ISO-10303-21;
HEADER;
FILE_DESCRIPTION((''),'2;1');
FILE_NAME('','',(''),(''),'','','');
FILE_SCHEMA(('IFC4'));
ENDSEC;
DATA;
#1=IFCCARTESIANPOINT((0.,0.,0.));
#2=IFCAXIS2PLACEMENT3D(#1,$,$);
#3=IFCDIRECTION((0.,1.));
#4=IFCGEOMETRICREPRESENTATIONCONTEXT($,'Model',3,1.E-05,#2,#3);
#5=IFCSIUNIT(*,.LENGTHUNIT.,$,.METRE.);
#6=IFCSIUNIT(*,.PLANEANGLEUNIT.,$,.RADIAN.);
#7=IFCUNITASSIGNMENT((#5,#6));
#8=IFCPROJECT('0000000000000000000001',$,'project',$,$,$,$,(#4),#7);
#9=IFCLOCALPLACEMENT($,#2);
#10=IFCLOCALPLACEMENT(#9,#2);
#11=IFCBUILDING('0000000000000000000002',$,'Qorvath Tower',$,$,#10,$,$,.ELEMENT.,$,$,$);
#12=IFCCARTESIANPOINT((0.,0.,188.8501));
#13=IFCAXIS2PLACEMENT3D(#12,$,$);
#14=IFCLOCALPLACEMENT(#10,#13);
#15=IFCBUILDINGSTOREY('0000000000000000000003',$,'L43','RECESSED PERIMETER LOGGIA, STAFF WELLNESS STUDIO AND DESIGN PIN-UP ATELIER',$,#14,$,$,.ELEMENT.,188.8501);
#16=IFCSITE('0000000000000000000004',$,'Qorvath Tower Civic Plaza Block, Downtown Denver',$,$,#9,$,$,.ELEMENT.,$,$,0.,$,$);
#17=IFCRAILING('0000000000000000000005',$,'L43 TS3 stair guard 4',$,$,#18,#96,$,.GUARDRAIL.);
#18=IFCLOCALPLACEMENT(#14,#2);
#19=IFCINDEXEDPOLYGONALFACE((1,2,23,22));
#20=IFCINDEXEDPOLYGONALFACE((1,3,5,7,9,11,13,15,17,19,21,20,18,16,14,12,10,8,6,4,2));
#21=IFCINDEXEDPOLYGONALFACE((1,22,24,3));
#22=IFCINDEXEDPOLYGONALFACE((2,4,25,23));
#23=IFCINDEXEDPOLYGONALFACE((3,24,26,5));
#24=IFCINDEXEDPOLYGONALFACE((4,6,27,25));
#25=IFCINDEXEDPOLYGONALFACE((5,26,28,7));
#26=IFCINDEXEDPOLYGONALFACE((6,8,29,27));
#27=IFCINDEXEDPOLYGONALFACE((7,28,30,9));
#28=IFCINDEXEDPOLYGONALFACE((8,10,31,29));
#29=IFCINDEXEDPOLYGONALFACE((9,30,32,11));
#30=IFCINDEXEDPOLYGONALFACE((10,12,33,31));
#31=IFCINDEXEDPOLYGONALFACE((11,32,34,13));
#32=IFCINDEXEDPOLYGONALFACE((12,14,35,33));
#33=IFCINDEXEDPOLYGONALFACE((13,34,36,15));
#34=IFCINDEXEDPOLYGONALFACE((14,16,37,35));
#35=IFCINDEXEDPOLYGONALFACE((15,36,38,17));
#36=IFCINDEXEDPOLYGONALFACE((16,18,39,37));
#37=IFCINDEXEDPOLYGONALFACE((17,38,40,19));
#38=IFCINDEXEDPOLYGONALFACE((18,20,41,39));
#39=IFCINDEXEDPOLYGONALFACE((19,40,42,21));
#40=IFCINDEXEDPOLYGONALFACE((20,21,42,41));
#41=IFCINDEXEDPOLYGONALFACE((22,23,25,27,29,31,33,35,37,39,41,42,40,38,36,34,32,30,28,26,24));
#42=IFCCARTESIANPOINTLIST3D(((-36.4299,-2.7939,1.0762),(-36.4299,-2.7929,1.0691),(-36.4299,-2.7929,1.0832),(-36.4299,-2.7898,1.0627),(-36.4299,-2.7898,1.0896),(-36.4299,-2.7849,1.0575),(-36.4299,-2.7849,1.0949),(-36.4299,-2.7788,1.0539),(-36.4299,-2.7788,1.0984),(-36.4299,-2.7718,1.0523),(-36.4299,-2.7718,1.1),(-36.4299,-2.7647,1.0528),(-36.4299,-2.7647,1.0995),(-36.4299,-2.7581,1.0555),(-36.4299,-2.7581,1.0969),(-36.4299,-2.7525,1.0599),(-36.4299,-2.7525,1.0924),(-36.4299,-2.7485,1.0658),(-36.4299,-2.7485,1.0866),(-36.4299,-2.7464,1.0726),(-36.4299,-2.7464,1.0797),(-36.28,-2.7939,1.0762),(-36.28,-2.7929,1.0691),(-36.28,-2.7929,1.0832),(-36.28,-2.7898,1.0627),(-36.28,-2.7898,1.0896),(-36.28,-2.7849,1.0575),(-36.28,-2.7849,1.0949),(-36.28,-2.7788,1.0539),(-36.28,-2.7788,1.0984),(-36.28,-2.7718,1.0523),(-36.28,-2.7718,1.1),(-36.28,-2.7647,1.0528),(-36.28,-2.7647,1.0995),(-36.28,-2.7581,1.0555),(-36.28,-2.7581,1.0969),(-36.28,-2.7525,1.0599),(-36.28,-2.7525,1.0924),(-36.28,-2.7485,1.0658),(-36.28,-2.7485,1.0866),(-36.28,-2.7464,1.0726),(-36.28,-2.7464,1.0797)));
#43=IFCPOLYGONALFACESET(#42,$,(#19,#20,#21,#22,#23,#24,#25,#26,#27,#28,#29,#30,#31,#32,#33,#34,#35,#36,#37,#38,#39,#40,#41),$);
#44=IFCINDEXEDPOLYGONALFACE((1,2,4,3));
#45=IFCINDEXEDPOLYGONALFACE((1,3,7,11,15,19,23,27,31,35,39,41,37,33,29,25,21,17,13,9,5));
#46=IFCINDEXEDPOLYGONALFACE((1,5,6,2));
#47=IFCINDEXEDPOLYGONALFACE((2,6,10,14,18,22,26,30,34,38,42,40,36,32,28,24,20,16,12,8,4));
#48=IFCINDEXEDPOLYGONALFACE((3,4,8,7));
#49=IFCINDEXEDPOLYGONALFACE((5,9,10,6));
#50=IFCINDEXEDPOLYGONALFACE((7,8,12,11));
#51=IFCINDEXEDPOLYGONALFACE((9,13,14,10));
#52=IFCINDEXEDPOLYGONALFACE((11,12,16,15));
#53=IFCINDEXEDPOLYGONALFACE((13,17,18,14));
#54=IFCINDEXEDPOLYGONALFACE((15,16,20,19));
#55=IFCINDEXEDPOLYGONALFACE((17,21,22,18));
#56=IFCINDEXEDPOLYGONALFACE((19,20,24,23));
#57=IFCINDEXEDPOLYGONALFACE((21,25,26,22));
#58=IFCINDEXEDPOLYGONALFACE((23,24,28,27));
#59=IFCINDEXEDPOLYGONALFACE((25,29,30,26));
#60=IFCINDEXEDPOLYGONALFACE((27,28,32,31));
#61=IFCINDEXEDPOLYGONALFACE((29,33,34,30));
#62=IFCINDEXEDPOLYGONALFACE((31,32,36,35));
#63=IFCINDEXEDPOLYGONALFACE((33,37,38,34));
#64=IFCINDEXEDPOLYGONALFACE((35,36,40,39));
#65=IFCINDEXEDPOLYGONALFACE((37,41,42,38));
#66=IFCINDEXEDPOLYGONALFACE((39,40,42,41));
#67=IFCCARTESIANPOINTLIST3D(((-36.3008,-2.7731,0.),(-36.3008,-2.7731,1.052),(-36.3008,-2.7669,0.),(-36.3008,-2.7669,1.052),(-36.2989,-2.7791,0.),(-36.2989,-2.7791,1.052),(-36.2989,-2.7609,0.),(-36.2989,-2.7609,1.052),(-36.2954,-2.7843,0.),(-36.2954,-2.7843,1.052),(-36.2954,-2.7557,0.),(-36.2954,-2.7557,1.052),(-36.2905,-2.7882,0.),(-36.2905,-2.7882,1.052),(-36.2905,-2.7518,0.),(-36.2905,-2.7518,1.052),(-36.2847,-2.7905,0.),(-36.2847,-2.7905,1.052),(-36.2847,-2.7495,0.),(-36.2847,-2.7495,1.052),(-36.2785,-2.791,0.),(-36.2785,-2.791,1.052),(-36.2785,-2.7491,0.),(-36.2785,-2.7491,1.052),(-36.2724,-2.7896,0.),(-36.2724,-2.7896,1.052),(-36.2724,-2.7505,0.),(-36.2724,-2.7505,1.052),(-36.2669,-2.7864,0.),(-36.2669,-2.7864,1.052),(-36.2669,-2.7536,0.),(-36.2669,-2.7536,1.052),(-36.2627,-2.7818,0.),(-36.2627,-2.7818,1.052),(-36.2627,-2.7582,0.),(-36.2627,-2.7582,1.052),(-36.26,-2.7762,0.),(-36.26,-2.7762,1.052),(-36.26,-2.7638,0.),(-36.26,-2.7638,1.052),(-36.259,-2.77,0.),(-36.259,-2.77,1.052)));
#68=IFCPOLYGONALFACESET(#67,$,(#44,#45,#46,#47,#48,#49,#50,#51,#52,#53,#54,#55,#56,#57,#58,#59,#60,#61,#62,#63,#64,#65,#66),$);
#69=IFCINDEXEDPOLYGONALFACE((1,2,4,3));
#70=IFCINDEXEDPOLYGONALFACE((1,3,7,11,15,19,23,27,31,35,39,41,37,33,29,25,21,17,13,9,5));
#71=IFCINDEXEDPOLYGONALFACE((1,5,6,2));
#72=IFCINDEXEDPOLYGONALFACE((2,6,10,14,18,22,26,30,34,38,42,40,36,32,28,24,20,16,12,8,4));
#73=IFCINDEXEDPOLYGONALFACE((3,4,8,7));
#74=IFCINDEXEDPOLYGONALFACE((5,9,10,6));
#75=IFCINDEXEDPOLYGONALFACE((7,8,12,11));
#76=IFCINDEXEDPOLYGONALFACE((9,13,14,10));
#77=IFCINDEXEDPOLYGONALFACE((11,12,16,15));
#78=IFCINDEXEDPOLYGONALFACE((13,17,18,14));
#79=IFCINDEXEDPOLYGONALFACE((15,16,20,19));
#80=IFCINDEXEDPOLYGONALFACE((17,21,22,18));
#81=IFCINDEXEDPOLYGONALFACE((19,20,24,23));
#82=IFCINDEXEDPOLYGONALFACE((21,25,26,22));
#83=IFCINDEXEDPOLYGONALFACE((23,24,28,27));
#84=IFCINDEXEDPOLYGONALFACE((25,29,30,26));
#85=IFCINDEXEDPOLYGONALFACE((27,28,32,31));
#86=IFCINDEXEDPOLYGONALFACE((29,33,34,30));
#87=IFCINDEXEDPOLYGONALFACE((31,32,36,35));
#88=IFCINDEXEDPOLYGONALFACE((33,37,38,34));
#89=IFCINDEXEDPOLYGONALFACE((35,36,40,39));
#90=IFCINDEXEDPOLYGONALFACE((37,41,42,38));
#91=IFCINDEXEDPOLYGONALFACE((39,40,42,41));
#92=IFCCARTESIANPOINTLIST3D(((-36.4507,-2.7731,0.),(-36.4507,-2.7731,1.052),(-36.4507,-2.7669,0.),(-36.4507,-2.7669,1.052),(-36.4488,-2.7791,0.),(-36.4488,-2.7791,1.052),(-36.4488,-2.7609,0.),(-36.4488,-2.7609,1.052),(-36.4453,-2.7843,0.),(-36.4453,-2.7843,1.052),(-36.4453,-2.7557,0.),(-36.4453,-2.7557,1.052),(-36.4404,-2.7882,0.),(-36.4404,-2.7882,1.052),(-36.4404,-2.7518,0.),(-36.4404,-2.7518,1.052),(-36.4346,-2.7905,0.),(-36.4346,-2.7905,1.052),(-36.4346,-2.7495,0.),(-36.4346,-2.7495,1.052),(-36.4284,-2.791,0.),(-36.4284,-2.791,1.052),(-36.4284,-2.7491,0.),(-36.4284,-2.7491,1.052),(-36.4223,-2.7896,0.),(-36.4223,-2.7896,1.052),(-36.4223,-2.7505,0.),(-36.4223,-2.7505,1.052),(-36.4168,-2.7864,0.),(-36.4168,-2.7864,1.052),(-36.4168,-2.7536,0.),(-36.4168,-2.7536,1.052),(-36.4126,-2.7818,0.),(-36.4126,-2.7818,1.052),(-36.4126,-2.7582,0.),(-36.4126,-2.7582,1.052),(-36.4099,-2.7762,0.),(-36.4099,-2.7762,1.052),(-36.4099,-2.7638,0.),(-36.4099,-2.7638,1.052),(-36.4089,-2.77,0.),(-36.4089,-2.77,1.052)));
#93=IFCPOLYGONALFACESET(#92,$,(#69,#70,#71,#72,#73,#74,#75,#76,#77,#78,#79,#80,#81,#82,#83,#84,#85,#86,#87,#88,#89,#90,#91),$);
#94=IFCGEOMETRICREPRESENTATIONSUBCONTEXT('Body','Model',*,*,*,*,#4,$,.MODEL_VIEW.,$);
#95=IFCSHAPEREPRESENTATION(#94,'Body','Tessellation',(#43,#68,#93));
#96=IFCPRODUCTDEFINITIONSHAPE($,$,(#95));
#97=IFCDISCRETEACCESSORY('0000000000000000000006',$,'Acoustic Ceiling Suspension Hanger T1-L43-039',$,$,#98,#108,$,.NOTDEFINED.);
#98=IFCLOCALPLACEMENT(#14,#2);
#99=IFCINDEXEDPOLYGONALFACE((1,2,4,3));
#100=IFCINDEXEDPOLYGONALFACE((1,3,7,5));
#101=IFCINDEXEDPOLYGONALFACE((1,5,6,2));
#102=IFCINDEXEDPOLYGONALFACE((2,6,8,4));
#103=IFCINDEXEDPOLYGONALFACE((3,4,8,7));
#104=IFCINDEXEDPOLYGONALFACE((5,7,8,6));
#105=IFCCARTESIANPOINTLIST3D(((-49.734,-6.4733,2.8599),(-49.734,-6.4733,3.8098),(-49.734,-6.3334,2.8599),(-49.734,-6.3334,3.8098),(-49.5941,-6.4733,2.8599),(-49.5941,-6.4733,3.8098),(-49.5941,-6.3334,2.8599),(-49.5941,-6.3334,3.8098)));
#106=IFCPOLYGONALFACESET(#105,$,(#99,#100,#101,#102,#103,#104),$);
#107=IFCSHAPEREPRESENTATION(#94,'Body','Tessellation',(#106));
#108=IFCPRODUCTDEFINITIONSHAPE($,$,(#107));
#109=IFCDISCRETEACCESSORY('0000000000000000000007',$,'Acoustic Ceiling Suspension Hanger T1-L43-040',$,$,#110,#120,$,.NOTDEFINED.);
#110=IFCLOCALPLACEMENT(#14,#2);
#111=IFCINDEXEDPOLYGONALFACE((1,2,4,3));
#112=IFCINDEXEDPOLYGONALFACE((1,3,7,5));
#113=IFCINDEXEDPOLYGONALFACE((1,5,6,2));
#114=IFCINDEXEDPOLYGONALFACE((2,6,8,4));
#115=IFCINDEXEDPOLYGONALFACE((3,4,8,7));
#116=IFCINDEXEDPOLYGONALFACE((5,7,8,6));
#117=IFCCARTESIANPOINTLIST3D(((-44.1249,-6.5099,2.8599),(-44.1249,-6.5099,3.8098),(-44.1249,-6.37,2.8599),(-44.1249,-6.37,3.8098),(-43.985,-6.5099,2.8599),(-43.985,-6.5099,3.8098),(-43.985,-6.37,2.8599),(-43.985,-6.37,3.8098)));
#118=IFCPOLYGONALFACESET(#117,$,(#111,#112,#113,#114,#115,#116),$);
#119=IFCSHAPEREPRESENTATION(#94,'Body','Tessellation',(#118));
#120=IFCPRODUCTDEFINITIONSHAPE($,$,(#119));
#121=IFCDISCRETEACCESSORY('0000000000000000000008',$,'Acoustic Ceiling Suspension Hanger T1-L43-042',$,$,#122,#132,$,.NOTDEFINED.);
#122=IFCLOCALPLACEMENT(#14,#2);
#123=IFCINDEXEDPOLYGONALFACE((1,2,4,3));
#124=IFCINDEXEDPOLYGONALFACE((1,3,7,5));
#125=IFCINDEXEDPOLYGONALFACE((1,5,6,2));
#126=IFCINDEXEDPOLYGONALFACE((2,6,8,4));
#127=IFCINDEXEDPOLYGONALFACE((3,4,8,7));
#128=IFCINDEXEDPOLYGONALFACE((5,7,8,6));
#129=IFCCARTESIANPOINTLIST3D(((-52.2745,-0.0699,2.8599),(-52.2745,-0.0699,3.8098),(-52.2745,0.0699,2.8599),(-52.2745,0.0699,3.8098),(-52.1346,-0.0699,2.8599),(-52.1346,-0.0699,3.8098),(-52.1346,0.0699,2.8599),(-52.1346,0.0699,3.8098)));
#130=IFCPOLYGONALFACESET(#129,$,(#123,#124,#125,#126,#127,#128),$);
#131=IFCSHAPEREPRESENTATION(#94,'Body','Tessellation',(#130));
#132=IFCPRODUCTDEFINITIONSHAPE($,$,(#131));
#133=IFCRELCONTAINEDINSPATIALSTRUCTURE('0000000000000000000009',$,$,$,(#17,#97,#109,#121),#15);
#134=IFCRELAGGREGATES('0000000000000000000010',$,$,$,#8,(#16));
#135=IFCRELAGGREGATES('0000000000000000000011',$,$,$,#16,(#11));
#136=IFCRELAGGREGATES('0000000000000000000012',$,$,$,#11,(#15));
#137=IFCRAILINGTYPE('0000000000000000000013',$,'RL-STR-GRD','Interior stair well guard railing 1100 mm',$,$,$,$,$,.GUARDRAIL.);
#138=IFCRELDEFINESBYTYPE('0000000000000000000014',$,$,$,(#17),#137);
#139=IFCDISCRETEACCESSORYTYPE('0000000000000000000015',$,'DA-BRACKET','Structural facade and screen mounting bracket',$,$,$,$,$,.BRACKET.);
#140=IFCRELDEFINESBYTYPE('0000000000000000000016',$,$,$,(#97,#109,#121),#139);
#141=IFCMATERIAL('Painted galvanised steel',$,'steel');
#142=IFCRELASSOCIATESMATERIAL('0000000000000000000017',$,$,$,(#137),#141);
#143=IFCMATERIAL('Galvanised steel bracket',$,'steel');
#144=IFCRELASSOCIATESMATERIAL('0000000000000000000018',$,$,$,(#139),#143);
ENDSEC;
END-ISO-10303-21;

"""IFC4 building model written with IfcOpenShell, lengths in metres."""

from ifc_helpers import new_model, si_unit, direction, frame, origin, origin_2d, place, context, subcontext, project, spatial, rectangle, circle, extrude, material, type_object, element, save


model = new_model("IFC4")

# Units and contexts
model_context = context("Model", 3, precision=1e-05, world=origin(), true_north=direction((0.0, 1.0)))
body_context = subcontext(model_context, "Body", "Model", "MODEL_VIEW")
ifc_project = project(units=[si_unit("LENGTHUNIT", "METRE"), si_unit("PLANEANGLEUNIT", "RADIAN")], contexts=[model_context])

# Site, building, storey
site_placement = place(None, origin())
site = spatial("IfcSite", under=ifc_project, at=site_placement, Name="Qorvath Tower Civic Plaza Block, Downtown Denver", CompositionType="ELEMENT", RefElevation=0.0)
building_placement = place(site_placement, origin())
building = spatial("IfcBuilding", under=site, at=building_placement, Name="Qorvath Tower", CompositionType="ELEMENT")
storey_placement = place(building_placement, frame((0.0, 0.0, 188.8501)))
storey = spatial("IfcBuildingStorey", under=building, at=storey_placement, Name="L43", Description="RECESSED PERIMETER LOGGIA, STAFF WELLNESS STUDIO AND DESIGN PIN-UP ATELIER", CompositionType="ELEMENT", Elevation=188.8501)

# Railing
ifc_material_1 = material(Name="Painted galvanised steel", Category="steel")
railing_type = type_object("IfcRailingType", Name="RL-STR-GRD", Description="Interior stair well guard railing 1100 mm", PredefinedType="GUARDRAIL", material=ifc_material_1)
railing_placement = place(storey_placement, frame((-36.28, -2.77, 0.0)))
element("IfcRailing", 1, at=railing_placement, inside=storey, type_object=railing_type, Name="L43 TS3 stair guard 4", PredefinedType="GUARDRAIL", context=body_context, shape_type="SweptSolid", body=[
    extrude(circle(Radius=0.0239, at=origin_2d()), frame((0.0, 0.0, 1.0762), z_axis=(-1.0, 0.0, 0.0), x_axis=(0.0, -1.0, 0.0)), (0.0, 0.0, 1.0), 0.1499),
    extrude(circle(Radius=0.021, at=origin_2d()), origin(), (0.0, 0.0, 1.0), 1.052),
    extrude(circle(Radius=0.021, at=origin_2d()), frame((-0.1499, 0.0, 0.0)), (0.0, 0.0, 1.0), 1.052),
])

# Discrete accessories
ifc_material_2 = material(Name="Galvanised steel bracket", Category="steel")
discrete_accessory_type = type_object("IfcDiscreteAccessoryType", Name="DA-BRACKET", Description="Structural facade and screen mounting bracket", PredefinedType="BRACKET", material=ifc_material_2)
for number, where, z_axis, x_axis, name in (
    (2, (-49.6641, -6.4033, 2.8599), (0.0, 0.0, 1.0), (1.0, 0.0, 0.0), "Acoustic Ceiling Suspension Hanger T1-L43-039"),
    (3, (-44.0549, -6.4399, 2.8599), (0.0, 0.0, 1.0), (1.0, 0.0, 0.0), "Acoustic Ceiling Suspension Hanger T1-L43-040"),
    (4, (-52.2046, 0.0, 2.8599), (0.0, 0.0, 1.0), (1.0, 0.0, 0.0), "Acoustic Ceiling Suspension Hanger T1-L43-042"),
):
    element("IfcDiscreteAccessory", number, at=place(storey_placement, frame(where, z_axis=z_axis, x_axis=x_axis)), inside=storey, type_object=discrete_accessory_type, Name=name, PredefinedType="NOTDEFINED", context=body_context, shape_type="SweptSolid", body=[
        extrude(rectangle(XDim=0.1399, YDim=0.1399, at=origin_2d()), origin(), (0.0, 0.0, 1.0), 0.95),
    ])

save(model, "model.ifc")
